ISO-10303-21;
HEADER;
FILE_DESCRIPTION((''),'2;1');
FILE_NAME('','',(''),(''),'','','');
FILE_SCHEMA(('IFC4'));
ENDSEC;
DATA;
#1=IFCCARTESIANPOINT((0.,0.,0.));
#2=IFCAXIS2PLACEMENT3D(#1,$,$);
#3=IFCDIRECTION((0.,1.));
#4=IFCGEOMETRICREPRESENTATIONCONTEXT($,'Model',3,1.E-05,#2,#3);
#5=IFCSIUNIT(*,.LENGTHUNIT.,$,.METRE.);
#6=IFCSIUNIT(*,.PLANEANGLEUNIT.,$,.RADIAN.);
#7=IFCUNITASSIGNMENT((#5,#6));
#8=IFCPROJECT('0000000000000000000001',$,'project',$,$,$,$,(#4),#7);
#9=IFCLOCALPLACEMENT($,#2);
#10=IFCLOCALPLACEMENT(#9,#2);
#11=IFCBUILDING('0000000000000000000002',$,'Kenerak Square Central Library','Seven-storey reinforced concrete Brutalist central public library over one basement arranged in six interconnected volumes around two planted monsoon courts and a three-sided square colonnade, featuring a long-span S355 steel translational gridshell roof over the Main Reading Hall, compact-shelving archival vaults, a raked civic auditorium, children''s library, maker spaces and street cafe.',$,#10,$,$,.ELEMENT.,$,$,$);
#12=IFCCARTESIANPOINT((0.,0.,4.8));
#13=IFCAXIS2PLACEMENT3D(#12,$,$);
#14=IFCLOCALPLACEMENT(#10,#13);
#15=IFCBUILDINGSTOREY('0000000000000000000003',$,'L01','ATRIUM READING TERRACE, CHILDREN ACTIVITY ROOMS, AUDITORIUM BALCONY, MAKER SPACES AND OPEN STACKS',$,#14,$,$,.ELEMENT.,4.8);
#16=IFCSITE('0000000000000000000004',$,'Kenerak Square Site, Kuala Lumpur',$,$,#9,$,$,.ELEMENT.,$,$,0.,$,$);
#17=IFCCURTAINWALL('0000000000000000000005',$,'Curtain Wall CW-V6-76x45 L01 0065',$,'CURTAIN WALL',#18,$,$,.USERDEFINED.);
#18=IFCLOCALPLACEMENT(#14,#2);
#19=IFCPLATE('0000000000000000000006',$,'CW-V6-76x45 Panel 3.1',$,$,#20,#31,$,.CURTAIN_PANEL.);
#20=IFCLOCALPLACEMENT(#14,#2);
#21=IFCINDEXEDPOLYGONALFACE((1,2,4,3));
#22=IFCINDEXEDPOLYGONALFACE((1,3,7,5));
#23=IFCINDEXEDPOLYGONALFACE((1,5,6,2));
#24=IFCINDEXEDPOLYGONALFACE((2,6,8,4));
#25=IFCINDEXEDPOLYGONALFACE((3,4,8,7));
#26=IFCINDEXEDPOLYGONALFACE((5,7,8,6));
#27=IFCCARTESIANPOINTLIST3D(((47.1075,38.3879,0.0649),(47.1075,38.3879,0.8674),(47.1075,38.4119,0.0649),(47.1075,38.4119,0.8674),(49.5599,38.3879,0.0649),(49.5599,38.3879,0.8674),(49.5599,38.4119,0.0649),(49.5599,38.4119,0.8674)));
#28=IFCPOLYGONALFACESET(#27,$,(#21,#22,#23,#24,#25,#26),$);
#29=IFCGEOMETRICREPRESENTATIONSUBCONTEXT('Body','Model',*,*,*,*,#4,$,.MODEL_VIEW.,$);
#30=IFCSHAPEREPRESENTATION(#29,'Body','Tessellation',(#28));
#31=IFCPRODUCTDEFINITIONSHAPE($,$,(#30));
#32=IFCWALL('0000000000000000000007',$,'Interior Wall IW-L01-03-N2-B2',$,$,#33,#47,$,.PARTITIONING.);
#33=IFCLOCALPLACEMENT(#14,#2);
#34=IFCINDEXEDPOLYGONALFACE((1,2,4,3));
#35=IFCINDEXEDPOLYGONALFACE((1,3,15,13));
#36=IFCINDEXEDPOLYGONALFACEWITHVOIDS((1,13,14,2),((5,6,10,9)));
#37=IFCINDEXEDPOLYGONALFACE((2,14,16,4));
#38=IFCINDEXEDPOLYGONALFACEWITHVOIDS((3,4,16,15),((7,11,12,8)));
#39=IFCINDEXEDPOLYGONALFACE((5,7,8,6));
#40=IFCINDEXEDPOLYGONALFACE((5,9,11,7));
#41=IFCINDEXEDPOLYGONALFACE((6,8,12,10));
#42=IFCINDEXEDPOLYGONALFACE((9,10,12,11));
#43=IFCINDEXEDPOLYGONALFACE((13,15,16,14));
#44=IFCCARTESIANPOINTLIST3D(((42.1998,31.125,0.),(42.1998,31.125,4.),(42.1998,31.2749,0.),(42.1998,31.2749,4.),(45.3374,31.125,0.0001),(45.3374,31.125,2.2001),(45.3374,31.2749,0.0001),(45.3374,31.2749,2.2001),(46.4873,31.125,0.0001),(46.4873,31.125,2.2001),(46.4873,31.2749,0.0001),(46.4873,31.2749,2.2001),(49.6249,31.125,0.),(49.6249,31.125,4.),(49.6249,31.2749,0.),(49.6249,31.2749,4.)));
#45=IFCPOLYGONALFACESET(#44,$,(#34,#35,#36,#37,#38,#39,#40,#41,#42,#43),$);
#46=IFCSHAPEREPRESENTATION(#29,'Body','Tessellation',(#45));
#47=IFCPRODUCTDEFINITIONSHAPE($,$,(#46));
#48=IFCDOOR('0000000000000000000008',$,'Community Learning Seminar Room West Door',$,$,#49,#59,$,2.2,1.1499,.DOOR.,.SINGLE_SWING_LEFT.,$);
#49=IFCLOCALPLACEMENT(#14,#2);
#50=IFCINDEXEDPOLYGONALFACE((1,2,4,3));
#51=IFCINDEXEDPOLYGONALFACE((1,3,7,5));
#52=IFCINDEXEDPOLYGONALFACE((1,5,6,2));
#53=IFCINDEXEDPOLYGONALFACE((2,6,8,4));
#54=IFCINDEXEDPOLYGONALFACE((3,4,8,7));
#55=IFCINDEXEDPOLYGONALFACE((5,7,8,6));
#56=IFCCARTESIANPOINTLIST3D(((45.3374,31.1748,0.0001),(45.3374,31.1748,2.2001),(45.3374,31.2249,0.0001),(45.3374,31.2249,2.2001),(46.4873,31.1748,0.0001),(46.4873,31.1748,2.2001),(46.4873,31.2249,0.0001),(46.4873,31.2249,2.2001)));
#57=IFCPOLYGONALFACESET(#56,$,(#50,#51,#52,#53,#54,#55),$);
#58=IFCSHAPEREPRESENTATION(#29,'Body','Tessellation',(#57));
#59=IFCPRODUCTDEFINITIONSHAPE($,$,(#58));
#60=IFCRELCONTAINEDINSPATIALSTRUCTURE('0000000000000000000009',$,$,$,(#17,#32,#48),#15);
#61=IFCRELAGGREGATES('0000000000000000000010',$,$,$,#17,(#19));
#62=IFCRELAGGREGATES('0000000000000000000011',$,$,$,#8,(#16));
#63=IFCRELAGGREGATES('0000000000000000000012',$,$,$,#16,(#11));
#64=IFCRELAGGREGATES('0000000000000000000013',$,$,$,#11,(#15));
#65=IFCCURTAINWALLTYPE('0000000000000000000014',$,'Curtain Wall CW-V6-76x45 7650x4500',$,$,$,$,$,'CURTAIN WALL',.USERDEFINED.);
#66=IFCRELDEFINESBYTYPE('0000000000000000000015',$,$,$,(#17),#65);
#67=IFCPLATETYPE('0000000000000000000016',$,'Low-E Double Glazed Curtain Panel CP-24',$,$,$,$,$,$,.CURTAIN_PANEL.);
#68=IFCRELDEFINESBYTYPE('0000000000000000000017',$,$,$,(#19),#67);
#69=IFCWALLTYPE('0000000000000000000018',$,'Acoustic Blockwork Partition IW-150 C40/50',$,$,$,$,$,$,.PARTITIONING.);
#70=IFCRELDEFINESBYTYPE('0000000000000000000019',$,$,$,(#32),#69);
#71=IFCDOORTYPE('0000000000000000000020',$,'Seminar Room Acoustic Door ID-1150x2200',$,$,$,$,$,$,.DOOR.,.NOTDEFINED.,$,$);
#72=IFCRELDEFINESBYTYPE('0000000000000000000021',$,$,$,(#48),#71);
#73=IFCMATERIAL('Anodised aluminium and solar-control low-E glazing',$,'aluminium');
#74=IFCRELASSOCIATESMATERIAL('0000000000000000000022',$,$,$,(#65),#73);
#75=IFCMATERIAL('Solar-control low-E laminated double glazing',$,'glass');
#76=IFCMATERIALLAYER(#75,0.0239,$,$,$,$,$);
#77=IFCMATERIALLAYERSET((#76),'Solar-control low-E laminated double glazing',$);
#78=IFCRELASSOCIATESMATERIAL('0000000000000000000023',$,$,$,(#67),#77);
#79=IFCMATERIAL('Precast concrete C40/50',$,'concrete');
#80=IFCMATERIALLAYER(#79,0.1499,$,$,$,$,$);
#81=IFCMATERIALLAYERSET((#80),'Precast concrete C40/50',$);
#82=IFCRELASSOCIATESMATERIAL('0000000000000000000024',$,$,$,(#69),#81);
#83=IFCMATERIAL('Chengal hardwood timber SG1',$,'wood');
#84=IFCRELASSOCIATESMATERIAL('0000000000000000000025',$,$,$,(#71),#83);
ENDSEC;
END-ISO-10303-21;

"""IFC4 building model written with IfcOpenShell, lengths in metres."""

from ifc_helpers import new_model, si_unit, direction, frame, frame_2d, origin, origin_2d, place, context, subcontext, project, spatial, rectangle, extrude, material, layer, layer_set, type_object, element, fill, aggregate, save


model = new_model("IFC4")

# Units and contexts
model_context = context("Model", 3, precision=1e-05, world=origin(), true_north=direction((0.0, 1.0)))
body_context = subcontext(model_context, "Body", "Model", "MODEL_VIEW")
ifc_project = project(units=[si_unit("LENGTHUNIT", "METRE"), si_unit("PLANEANGLEUNIT", "RADIAN")], contexts=[model_context])

# Site, building, storey
site_placement = place(None, origin())
site = spatial("IfcSite", under=ifc_project, at=site_placement, Name="Kenerak Square Site, Kuala Lumpur", CompositionType="ELEMENT", RefElevation=0.0)
building_placement = place(site_placement, origin())
building = spatial("IfcBuilding", under=site, at=building_placement, Name="Kenerak Square Central Library", Description="Seven-storey reinforced concrete Brutalist central public library over one basement arranged in six interconnected volumes around two planted monsoon courts and a three-sided square colonnade, featuring a long-span S355 steel translational gridshell roof over the Main Reading Hall, compact-shelving archival vaults, a raked civic auditorium, children's library, maker spaces and street cafe.", CompositionType="ELEMENT")
storey_placement = place(building_placement, frame((0.0, 0.0, 4.8)))
storey = spatial("IfcBuildingStorey", under=building, at=storey_placement, Name="L01", Description="ATRIUM READING TERRACE, CHILDREN ACTIVITY ROOMS, AUDITORIUM BALCONY, MAKER SPACES AND OPEN STACKS", CompositionType="ELEMENT", Elevation=4.8)

# Shared definitions
ifc_material_1 = material(Name="Anodised aluminium and solar-control low-E glazing", Category="aluminium")
curtain_wall_type = type_object("IfcCurtainWallType", Name="Curtain Wall CW-V6-76x45 7650x4500", ElementType="CURTAIN WALL", PredefinedType="USERDEFINED", material=ifc_material_1)

# Curtain wall
curtain_wall_1_placement = place(storey_placement, origin())
curtain_wall_1 = element("IfcCurtainWall", 1, at=curtain_wall_1_placement, inside=storey, type_object=curtain_wall_type, Name="Curtain Wall CW-V6-76x45 L01 0065", ObjectType="CURTAIN WALL", PredefinedType="USERDEFINED")

# Plate
ifc_material_2 = material(Name="Solar-control low-E laminated double glazing", Category="glass")
ifc_layer_1 = layer(ifc_material_2, 0.0239)
ifc_layer_set_1 = layer_set([ifc_layer_1], Name="Solar-control low-E laminated double glazing")
plate_type = type_object("IfcPlateType", Name="Low-E Double Glazed Curtain Panel CP-24", PredefinedType="CURTAIN_PANEL", material=ifc_layer_set_1)
plate_1_placement = place(storey_placement, frame((48.3337, 38.3999, 0.0649), z_axis=(0.0, 0.0, 1.0), x_axis=(1.0, 0.0, 0.0)))
plate_1 = element("IfcPlate", 2, at=plate_1_placement, type_object=plate_type, Name="CW-V6-76x45 Panel 3.1", PredefinedType="CURTAIN_PANEL", context=body_context, shape_type="SweptSolid", body=[
    extrude(rectangle(XDim=2.4524, YDim=0.0239, at=origin_2d()), origin(), (0.0, 0.0, 1.0), 0.8025),
])
aggregate(curtain_wall_1, [plate_1])

# Wall, opening, door
ifc_material_3 = material(Name="Precast concrete C40/50", Category="concrete")
ifc_layer_2 = layer(ifc_material_3, 0.1499)
ifc_layer_set_2 = layer_set([ifc_layer_2], Name="Precast concrete C40/50")
wall_type = type_object("IfcWallType", Name="Acoustic Blockwork Partition IW-150 C40/50", PredefinedType="PARTITIONING", material=ifc_layer_set_2)
wall_placement = place(storey_placement, frame((42.2, 31.2, 0.0), z_axis=(0.0, 0.0, 1.0), x_axis=(1.0, 0.0, 0.0)))
wall = element("IfcWall", 3, at=wall_placement, inside=storey, type_object=wall_type, Name="Interior Wall IW-L01-03-N2-B2", PredefinedType="PARTITIONING", context=body_context, shape_type="SweptSolid", body=[
    extrude(rectangle(XDim=7.425, YDim=0.1499, at=frame_2d((3.7124, 0.0))), origin(), (0.0, 0.0, 1.0), 4.0),
])
opening_placement = place(wall_placement, frame((3.1375, 0.0, 0.0)))
opening = element("IfcOpeningElement", 4, at=opening_placement, cuts=wall, PredefinedType="OPENING", context=body_context, shape_type="SweptSolid", body=[
    extrude(rectangle(XDim=1.1499, YDim=2.2, at=frame_2d((0.575, 1.1001))), frame((0.0, 0.085, 0.0), z_axis=(0.0, -1.0, 0.0), x_axis=(1.0, 0.0, 0.0)), (0.0, 0.0, 1.0), 0.1699),
])
ifc_material_4 = material(Name="Chengal hardwood timber SG1", Category="wood")
door_type = type_object("IfcDoorType", Name="Seminar Room Acoustic Door ID-1150x2200", OperationType="NOTDEFINED", PredefinedType="DOOR", material=ifc_material_4)
door_placement = place(opening_placement, origin())
door = element("IfcDoor", 5, at=door_placement, inside=storey, type_object=door_type, Name="Community Learning Seminar Room West Door", OperationType="SINGLE_SWING_LEFT", OverallHeight=2.2, OverallWidth=1.1499, PredefinedType="DOOR", context=body_context, shape_type="SweptSolid", body=[
    extrude(rectangle(XDim=1.1499, YDim=2.2, at=frame_2d((0.575, 1.1001))), frame((0.0, 0.0249, 0.0), z_axis=(0.0, -1.0, 0.0), x_axis=(1.0, 0.0, 0.0)), (0.0, 0.0, 1.0), 0.05),
])
fill(opening, door)

save(model, "model.ifc")
